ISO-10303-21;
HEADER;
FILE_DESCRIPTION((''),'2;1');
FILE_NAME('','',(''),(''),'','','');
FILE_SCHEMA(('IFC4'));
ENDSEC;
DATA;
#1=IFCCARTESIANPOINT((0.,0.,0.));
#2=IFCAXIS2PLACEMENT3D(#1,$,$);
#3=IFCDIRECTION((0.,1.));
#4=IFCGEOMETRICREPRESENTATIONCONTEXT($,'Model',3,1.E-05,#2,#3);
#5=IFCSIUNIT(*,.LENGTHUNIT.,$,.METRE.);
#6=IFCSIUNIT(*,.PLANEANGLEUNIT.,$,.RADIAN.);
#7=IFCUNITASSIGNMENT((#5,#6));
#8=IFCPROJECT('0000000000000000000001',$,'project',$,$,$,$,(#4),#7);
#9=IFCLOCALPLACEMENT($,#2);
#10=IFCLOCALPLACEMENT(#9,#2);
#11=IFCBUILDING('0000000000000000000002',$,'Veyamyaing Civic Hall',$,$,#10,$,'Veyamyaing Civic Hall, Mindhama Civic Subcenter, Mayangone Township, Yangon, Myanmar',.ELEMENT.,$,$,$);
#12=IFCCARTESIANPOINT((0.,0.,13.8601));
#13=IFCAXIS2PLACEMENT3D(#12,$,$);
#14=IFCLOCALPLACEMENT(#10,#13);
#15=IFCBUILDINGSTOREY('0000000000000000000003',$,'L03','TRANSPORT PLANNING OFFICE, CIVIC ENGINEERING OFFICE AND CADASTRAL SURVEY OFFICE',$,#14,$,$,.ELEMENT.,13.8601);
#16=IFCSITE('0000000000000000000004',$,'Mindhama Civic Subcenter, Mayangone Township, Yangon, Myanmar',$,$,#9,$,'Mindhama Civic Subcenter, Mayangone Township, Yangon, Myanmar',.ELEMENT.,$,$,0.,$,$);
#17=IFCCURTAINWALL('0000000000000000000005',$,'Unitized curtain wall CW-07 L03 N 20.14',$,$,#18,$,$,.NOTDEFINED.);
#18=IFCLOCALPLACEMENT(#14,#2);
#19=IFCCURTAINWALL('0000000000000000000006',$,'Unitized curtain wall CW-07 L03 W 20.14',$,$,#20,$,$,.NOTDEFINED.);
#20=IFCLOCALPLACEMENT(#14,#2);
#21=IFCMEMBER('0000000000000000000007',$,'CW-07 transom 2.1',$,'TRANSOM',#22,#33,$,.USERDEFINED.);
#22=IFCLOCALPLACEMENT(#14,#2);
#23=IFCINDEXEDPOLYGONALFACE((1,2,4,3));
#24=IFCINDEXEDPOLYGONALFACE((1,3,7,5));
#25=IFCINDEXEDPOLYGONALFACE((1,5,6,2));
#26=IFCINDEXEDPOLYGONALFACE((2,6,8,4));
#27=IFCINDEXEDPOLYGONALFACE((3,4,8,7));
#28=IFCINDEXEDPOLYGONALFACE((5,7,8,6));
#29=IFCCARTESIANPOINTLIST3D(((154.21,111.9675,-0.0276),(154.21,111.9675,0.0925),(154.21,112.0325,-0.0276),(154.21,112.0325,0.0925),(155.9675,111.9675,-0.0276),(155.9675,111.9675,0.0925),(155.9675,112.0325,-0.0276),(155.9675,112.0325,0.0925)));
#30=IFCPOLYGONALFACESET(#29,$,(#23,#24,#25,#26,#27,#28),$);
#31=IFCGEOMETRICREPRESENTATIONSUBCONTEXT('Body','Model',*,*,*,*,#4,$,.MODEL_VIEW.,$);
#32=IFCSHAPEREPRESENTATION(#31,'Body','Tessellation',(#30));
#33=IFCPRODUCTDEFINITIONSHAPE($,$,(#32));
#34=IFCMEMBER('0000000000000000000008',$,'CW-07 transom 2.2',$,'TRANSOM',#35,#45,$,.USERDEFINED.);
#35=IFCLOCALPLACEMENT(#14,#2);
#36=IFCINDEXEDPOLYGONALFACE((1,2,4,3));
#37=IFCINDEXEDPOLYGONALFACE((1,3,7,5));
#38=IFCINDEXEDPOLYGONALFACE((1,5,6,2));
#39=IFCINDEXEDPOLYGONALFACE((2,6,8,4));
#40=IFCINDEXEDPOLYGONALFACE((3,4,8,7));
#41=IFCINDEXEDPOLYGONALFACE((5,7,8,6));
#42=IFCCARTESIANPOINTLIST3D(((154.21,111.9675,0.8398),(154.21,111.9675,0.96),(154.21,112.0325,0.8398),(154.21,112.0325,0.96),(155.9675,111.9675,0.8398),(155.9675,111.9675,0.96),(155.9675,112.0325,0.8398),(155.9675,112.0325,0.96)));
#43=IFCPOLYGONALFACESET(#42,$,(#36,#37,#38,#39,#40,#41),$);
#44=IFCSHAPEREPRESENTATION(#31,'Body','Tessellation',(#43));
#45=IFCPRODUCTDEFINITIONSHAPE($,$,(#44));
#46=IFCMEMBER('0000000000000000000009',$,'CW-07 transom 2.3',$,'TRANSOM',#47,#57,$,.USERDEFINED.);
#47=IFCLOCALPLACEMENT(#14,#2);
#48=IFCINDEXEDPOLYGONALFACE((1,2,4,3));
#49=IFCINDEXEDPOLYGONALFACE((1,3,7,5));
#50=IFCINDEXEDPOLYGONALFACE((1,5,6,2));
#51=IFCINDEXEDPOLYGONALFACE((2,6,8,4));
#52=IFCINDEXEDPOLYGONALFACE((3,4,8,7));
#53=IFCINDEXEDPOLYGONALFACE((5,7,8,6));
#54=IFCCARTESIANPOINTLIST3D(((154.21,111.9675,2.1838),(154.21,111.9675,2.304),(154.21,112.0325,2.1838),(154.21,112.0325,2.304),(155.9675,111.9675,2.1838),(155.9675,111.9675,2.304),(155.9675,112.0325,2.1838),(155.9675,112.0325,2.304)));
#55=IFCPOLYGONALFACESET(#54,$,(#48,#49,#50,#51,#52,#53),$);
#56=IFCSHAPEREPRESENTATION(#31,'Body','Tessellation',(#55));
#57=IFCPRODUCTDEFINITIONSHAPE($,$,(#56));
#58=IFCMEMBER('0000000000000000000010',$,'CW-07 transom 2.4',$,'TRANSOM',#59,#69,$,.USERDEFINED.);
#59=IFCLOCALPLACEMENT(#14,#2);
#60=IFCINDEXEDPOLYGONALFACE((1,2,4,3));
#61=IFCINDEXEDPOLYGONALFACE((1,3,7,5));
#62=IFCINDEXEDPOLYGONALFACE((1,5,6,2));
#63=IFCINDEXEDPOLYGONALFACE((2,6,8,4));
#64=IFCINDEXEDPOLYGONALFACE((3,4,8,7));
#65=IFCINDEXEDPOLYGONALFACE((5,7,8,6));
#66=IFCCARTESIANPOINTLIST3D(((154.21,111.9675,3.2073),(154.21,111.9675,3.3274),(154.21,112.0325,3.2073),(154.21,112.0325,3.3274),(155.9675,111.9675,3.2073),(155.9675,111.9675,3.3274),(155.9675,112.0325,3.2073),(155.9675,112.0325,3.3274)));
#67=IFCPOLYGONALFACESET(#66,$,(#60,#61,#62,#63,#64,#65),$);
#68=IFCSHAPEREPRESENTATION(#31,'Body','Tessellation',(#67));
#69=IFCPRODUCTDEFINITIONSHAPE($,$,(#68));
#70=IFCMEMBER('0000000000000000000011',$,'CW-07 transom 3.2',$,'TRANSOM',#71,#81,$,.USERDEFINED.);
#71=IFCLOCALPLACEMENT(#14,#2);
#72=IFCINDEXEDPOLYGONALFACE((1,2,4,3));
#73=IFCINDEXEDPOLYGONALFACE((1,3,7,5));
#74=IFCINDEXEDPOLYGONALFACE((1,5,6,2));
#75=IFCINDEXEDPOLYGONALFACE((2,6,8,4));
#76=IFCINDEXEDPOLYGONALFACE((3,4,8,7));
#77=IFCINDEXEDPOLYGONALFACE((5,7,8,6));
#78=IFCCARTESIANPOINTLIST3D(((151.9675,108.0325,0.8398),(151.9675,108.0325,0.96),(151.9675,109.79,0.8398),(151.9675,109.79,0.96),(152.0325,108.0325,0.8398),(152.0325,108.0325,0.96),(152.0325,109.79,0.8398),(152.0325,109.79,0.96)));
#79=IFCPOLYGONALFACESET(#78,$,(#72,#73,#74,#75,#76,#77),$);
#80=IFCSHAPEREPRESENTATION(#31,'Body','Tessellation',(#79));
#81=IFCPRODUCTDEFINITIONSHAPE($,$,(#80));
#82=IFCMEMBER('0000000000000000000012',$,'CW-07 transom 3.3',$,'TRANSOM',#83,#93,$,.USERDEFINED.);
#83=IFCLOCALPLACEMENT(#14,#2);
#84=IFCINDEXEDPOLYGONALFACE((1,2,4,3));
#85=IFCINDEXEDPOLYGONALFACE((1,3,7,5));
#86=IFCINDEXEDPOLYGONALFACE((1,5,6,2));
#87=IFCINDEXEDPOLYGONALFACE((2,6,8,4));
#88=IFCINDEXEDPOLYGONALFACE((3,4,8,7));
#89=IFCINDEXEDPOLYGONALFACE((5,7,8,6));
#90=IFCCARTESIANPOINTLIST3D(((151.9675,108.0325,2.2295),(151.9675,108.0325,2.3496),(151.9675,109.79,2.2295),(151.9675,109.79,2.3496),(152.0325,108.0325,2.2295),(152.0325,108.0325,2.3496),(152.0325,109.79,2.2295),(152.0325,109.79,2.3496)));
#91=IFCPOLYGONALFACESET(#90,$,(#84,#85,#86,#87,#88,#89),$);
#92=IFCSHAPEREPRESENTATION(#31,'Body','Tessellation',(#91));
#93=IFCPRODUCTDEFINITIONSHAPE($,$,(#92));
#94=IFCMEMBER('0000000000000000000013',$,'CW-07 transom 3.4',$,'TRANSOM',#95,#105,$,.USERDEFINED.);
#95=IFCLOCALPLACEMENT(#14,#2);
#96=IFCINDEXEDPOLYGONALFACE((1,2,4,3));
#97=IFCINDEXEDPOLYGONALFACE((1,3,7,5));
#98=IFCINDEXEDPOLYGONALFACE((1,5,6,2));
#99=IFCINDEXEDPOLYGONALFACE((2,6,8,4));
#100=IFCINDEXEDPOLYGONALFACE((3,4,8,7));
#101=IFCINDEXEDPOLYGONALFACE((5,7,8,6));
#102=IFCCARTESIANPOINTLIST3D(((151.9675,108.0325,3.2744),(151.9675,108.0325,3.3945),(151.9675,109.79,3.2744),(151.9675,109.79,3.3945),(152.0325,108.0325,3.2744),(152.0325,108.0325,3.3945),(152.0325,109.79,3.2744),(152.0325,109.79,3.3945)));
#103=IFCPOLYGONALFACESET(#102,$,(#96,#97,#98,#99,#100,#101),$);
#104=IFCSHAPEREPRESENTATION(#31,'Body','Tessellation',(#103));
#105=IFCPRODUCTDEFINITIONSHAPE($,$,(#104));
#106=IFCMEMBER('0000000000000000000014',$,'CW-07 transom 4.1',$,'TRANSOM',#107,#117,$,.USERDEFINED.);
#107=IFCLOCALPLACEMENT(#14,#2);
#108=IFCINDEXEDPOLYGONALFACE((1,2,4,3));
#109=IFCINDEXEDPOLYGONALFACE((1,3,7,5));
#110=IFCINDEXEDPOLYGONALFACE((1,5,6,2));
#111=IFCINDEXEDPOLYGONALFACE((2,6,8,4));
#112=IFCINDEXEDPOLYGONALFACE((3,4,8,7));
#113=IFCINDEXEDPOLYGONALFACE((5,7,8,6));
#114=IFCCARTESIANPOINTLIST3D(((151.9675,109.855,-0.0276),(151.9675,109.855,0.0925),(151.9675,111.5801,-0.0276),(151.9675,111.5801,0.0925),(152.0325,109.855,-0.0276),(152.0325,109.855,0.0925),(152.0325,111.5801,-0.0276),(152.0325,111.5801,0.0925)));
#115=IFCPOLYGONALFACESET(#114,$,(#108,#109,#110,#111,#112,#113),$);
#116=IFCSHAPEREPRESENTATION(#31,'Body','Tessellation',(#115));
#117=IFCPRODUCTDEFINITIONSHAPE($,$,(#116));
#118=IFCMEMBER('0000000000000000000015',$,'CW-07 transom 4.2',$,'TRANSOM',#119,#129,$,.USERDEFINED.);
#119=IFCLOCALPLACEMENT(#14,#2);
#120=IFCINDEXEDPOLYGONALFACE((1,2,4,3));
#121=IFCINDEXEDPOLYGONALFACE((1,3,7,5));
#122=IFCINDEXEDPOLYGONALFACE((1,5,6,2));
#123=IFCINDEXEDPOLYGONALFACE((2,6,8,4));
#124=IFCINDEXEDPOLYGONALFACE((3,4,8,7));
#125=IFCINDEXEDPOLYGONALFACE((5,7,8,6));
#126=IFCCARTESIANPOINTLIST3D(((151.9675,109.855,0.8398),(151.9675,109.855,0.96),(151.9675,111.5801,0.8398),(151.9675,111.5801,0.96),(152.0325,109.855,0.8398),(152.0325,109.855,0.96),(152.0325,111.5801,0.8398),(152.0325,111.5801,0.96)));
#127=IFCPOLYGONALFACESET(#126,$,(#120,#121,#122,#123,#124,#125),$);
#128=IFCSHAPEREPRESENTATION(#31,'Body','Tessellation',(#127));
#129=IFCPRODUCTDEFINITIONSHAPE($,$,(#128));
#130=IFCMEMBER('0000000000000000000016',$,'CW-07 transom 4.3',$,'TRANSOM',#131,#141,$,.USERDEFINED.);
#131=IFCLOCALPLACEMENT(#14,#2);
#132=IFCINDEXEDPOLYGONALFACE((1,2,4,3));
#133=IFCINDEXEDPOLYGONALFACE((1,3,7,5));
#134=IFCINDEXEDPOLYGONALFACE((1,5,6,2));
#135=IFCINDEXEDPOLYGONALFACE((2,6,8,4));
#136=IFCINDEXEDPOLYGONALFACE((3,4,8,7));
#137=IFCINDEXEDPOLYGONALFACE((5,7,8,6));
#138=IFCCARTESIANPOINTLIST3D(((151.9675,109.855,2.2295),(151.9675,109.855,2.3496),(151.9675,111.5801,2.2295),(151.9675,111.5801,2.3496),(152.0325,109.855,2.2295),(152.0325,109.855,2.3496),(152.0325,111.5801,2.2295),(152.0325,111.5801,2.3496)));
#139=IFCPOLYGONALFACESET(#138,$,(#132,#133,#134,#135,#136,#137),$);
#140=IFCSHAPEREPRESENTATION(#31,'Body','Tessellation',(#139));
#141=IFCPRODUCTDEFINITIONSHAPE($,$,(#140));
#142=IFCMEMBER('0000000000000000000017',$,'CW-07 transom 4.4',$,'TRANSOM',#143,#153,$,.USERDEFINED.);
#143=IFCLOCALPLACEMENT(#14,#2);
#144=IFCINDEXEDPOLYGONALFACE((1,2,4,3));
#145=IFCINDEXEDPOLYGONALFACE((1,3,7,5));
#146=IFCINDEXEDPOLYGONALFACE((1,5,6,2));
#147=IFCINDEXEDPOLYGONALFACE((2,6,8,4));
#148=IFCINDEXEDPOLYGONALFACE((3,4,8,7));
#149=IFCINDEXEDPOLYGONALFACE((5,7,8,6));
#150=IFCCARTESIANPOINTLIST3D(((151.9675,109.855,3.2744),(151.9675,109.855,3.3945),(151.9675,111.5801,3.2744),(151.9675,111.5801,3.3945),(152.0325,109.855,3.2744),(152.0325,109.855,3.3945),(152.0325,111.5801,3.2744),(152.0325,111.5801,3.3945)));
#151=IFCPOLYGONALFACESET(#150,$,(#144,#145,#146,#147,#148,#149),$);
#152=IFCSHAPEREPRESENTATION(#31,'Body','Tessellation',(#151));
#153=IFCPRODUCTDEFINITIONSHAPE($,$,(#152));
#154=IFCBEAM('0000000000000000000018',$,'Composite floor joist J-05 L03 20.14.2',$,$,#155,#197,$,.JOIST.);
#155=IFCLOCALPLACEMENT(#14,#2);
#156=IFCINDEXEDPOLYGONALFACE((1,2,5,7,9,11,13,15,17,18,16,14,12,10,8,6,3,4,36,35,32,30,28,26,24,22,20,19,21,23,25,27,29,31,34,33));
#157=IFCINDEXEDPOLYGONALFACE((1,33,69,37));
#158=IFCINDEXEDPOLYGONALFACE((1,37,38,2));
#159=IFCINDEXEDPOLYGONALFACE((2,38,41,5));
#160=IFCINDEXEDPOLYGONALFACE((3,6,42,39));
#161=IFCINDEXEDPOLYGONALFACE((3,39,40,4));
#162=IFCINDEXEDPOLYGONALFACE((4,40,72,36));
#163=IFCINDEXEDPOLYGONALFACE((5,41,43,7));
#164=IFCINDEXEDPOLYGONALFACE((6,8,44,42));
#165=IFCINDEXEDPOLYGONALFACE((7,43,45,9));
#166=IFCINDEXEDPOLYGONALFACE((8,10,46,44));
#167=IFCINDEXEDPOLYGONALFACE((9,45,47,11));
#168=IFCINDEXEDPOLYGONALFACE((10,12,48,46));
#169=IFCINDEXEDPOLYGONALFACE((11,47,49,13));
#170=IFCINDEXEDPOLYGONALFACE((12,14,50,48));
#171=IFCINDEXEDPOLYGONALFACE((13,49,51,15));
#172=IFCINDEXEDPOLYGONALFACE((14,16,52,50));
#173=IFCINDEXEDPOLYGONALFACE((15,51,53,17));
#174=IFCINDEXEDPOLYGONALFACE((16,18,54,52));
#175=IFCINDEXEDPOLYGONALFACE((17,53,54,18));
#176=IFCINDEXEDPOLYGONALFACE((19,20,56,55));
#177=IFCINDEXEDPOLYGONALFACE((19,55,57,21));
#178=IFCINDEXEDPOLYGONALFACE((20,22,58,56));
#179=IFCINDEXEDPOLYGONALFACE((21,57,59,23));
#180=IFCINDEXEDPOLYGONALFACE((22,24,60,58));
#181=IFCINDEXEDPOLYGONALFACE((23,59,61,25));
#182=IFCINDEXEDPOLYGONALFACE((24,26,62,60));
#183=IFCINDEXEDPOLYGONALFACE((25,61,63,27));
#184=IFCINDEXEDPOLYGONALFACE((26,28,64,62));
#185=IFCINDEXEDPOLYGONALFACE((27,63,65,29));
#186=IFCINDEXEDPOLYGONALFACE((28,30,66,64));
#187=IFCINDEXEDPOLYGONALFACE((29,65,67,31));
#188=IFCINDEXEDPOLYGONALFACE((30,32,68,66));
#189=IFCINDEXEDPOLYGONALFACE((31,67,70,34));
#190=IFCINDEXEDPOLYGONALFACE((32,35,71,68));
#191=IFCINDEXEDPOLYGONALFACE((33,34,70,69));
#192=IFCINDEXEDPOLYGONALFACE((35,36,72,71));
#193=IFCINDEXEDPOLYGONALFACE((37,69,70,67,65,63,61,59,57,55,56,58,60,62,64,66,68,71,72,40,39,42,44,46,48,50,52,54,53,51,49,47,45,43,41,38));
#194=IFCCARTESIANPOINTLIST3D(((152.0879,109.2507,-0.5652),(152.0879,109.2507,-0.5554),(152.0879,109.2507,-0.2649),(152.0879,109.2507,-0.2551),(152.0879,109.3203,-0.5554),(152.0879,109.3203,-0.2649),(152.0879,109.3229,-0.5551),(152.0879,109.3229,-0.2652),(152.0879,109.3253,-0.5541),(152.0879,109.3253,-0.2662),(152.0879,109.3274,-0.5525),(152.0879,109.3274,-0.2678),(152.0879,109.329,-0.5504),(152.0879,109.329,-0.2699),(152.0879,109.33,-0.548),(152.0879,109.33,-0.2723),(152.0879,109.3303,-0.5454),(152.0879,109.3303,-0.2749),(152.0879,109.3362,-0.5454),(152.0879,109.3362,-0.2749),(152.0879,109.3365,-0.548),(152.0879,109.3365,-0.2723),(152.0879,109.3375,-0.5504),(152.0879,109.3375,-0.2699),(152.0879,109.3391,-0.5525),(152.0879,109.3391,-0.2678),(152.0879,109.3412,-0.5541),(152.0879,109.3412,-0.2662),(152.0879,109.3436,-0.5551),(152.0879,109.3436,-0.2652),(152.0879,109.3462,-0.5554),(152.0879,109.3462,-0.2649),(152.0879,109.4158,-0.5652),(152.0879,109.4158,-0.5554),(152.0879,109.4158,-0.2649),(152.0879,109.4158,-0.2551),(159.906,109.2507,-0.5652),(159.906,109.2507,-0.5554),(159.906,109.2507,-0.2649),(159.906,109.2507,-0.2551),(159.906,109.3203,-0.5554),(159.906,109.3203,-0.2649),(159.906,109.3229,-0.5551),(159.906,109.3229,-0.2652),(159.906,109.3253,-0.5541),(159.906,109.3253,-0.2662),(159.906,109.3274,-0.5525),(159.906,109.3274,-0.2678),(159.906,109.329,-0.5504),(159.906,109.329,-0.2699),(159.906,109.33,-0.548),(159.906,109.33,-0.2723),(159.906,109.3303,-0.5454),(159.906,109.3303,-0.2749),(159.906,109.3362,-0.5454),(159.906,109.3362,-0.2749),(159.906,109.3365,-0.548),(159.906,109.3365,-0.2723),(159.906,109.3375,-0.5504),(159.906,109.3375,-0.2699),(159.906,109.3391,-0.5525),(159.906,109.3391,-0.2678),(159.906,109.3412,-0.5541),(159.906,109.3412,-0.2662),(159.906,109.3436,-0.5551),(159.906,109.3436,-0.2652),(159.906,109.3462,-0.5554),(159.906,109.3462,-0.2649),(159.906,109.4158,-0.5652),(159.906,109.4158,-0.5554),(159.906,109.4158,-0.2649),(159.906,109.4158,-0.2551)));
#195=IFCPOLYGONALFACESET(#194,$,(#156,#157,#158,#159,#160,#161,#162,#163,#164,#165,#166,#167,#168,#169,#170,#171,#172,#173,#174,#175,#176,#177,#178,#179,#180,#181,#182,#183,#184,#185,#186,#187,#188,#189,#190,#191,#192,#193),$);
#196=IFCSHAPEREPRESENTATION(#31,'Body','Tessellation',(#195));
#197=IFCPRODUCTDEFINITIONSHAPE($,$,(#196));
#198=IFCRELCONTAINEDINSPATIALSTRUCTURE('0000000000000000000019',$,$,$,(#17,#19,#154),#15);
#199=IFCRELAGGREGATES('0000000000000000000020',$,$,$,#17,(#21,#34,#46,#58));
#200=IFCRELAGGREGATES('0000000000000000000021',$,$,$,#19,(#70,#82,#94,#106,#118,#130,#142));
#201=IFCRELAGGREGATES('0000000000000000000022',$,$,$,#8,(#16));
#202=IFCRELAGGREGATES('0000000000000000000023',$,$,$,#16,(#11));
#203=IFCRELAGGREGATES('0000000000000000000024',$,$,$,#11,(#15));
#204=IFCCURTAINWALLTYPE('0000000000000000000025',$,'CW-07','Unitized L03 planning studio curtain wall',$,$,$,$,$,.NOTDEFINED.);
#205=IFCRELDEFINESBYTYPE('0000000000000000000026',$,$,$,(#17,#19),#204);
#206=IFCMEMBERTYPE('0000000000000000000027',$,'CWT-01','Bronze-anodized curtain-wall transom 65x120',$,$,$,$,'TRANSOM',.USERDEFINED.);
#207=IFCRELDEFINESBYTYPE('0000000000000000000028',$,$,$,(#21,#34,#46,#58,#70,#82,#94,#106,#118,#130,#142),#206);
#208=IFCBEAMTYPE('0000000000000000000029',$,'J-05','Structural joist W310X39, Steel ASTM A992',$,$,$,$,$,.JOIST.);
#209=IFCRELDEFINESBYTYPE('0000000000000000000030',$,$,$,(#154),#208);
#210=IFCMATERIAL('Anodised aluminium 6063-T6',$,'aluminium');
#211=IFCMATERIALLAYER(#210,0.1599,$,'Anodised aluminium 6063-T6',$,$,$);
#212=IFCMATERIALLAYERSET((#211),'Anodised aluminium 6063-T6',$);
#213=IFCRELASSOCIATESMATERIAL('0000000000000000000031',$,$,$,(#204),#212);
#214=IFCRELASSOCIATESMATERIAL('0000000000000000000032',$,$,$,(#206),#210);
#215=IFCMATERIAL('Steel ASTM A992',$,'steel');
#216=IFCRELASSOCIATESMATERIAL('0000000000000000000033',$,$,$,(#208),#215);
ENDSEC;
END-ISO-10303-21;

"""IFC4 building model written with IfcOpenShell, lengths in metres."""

from ifc_helpers import new_model, si_unit, direction, frame, origin, origin_2d, place, context, subcontext, project, spatial, rectangle, i_section, extrude, material, layer, layer_set, material_profile, profile_set, type_object, element, aggregate, save


model = new_model("IFC4")

# Units and contexts
model_context = context("Model", 3, precision=1e-05, world=origin(), true_north=direction((0.0, 1.0)))
body_context = subcontext(model_context, "Body", "Model", "MODEL_VIEW")
ifc_project = project(units=[si_unit("LENGTHUNIT", "METRE"), si_unit("PLANEANGLEUNIT", "RADIAN")], contexts=[model_context])

# Site, building, storey
site_placement = place(None, origin())
site = spatial("IfcSite", under=ifc_project, at=site_placement, Name="Mindhama Civic Subcenter, Mayangone Township, Yangon, Myanmar", LongName="Mindhama Civic Subcenter, Mayangone Township, Yangon, Myanmar", CompositionType="ELEMENT", RefElevation=0.0)
building_placement = place(site_placement, origin())
building = spatial("IfcBuilding", under=site, at=building_placement, Name="Veyamyaing Civic Hall", LongName="Veyamyaing Civic Hall, Mindhama Civic Subcenter, Mayangone Township, Yangon, Myanmar", CompositionType="ELEMENT")
storey_placement = place(building_placement, frame((0.0, 0.0, 13.8601)))
storey = spatial("IfcBuildingStorey", under=building, at=storey_placement, Name="L03", Description="TRANSPORT PLANNING OFFICE, CIVIC ENGINEERING OFFICE AND CADASTRAL SURVEY OFFICE", CompositionType="ELEMENT", Elevation=13.8601)

# Shared definitions
ifc_material_1 = material(Name="Steel ASTM A992", Category="steel")

# Curtain walls
ifc_material_2 = material(Name="Anodised aluminium 6063-T6", Category="aluminium")
ifc_layer_1 = layer(ifc_material_2, 0.1599, Name="Anodised aluminium 6063-T6")
ifc_layer_set_1 = layer_set([ifc_layer_1], Name="Anodised aluminium 6063-T6")
curtain_wall_type = type_object("IfcCurtainWallType", Name="CW-07", Description="Unitized L03 planning studio curtain wall", PredefinedType="NOTDEFINED", material=ifc_layer_set_1)
curtain_wall_1_placement = place(storey_placement, origin())
curtain_wall_1 = element("IfcCurtainWall", 1, at=curtain_wall_1_placement, inside=storey, type_object=curtain_wall_type, Name="Unitized curtain wall CW-07 L03 N 20.14", PredefinedType="NOTDEFINED")
curtain_wall_2_placement = place(storey_placement, origin())
curtain_wall_2 = element("IfcCurtainWall", 2, at=curtain_wall_2_placement, inside=storey, type_object=curtain_wall_type, Name="Unitized curtain wall CW-07 L03 W 20.14", PredefinedType="NOTDEFINED")

# Members
ifc_material_profile_1 = material_profile(ifc_material_2, rectangle(XDim=0.0649, YDim=0.1201, at=origin_2d()), Name="ALU-TRN-65X120")
ifc_profile_set_1 = profile_set([ifc_material_profile_1], Name="Anodised aluminium 6063-T6")
member_type_1 = type_object("IfcMemberType", Name="CWT-01", Description="Bronze-anodized curtain-wall transom 65x120", ElementType="TRANSOM", PredefinedType="USERDEFINED", material=ifc_profile_set_1)
member_1_placement = place(storey_placement, frame((154.21, 112.0, 0.0325), z_axis=(1.0, 0.0, 0.0), x_axis=(0.0, 1.0, 0.0)))
member_1 = element("IfcMember", 3, at=member_1_placement, type_object=member_type_1, Name="CW-07 transom 2.1", ObjectType="TRANSOM", PredefinedType="USERDEFINED", context=body_context, shape_type="SweptSolid", body=[
    extrude(rectangle(XDim=0.0649, YDim=0.1201, at=origin_2d()), origin(), (0.0, 0.0, 1.0), 1.7576),
])
member_2_placement = place(storey_placement, frame((154.21, 112.0, 0.8999), z_axis=(1.0, 0.0, 0.0), x_axis=(0.0, 1.0, 0.0)))
member_2 = element("IfcMember", 4, at=member_2_placement, type_object=member_type_1, Name="CW-07 transom 2.2", ObjectType="TRANSOM", PredefinedType="USERDEFINED", context=body_context, shape_type="SweptSolid", body=[
    extrude(rectangle(XDim=0.0649, YDim=0.1201, at=origin_2d()), origin(), (0.0, 0.0, 1.0), 1.7576),
])
member_3_placement = place(storey_placement, frame((154.21, 112.0, 2.2439), z_axis=(1.0, 0.0, 0.0), x_axis=(0.0, 1.0, 0.0)))
member_3 = element("IfcMember", 5, at=member_3_placement, type_object=member_type_1, Name="CW-07 transom 2.3", ObjectType="TRANSOM", PredefinedType="USERDEFINED", context=body_context, shape_type="SweptSolid", body=[
    extrude(rectangle(XDim=0.0649, YDim=0.1201, at=origin_2d()), origin(), (0.0, 0.0, 1.0), 1.7576),
])
member_4_placement = place(storey_placement, frame((154.21, 112.0, 3.2673), z_axis=(1.0, 0.0, 0.0), x_axis=(0.0, 1.0, 0.0)))
member_4 = element("IfcMember", 6, at=member_4_placement, type_object=member_type_1, Name="CW-07 transom 2.4", ObjectType="TRANSOM", PredefinedType="USERDEFINED", context=body_context, shape_type="SweptSolid", body=[
    extrude(rectangle(XDim=0.0649, YDim=0.1201, at=origin_2d()), origin(), (0.0, 0.0, 1.0), 1.7576),
])
member_5_placement = place(storey_placement, frame((152.0, 108.0325, 0.8999), z_axis=(0.0, 1.0, 0.0), x_axis=(-1.0, 0.0, 0.0)))
member_5 = element("IfcMember", 7, at=member_5_placement, type_object=member_type_1, Name="CW-07 transom 3.2", ObjectType="TRANSOM", PredefinedType="USERDEFINED", context=body_context, shape_type="SweptSolid", body=[
    extrude(rectangle(XDim=0.0649, YDim=0.1201, at=origin_2d()), origin(), (0.0, 0.0, 1.0), 1.7576),
])
member_6_placement = place(storey_placement, frame((152.0, 108.0325, 2.2896), z_axis=(0.0, 1.0, 0.0), x_axis=(-1.0, 0.0, 0.0)))
member_6 = element("IfcMember", 8, at=member_6_placement, type_object=member_type_1, Name="CW-07 transom 3.3", ObjectType="TRANSOM", PredefinedType="USERDEFINED", context=body_context, shape_type="SweptSolid", body=[
    extrude(rectangle(XDim=0.0649, YDim=0.1201, at=origin_2d()), origin(), (0.0, 0.0, 1.0), 1.7576),
])
member_7_placement = place(storey_placement, frame((152.0, 108.0325, 3.3345), z_axis=(0.0, 1.0, 0.0), x_axis=(-1.0, 0.0, 0.0)))
member_7 = element("IfcMember", 9, at=member_7_placement, type_object=member_type_1, Name="CW-07 transom 3.4", ObjectType="TRANSOM", PredefinedType="USERDEFINED", context=body_context, shape_type="SweptSolid", body=[
    extrude(rectangle(XDim=0.0649, YDim=0.1201, at=origin_2d()), origin(), (0.0, 0.0, 1.0), 1.7576),
])
member_8_placement = place(storey_placement, frame((152.0, 109.855, 0.0325), z_axis=(0.0, 1.0, 0.0), x_axis=(-1.0, 0.0, 0.0)))
member_8 = element("IfcMember", 10, at=member_8_placement, type_object=member_type_1, Name="CW-07 transom 4.1", ObjectType="TRANSOM", PredefinedType="USERDEFINED", context=body_context, shape_type="SweptSolid", body=[
    extrude(rectangle(XDim=0.0649, YDim=0.1201, at=origin_2d()), origin(), (0.0, 0.0, 1.0), 1.7251),
])
member_9_placement = place(storey_placement, frame((152.0, 109.855, 0.8999), z_axis=(0.0, 1.0, 0.0), x_axis=(-1.0, 0.0, 0.0)))
member_9 = element("IfcMember", 11, at=member_9_placement, type_object=member_type_1, Name="CW-07 transom 4.2", ObjectType="TRANSOM", PredefinedType="USERDEFINED", context=body_context, shape_type="SweptSolid", body=[
    extrude(rectangle(XDim=0.0649, YDim=0.1201, at=origin_2d()), origin(), (0.0, 0.0, 1.0), 1.7251),
])
member_10_placement = place(storey_placement, frame((152.0, 109.855, 2.2896), z_axis=(0.0, 1.0, 0.0), x_axis=(-1.0, 0.0, 0.0)))
member_10 = element("IfcMember", 12, at=member_10_placement, type_object=member_type_1, Name="CW-07 transom 4.3", ObjectType="TRANSOM", PredefinedType="USERDEFINED", context=body_context, shape_type="SweptSolid", body=[
    extrude(rectangle(XDim=0.0649, YDim=0.1201, at=origin_2d()), origin(), (0.0, 0.0, 1.0), 1.7251),
])
member_11_placement = place(storey_placement, frame((152.0, 109.855, 3.3345), z_axis=(0.0, 1.0, 0.0), x_axis=(-1.0, 0.0, 0.0)))
member_11 = element("IfcMember", 13, at=member_11_placement, type_object=member_type_1, Name="CW-07 transom 4.4", ObjectType="TRANSOM", PredefinedType="USERDEFINED", context=body_context, shape_type="SweptSolid", body=[
    extrude(rectangle(XDim=0.0649, YDim=0.1201, at=origin_2d()), origin(), (0.0, 0.0, 1.0), 1.7251),
])

# Beam
ifc_material_profile_2 = material_profile(ifc_material_1, i_section(OverallWidth=0.165, OverallDepth=0.3101, WebThickness=0.0059, FlangeThickness=0.0098, FilletRadius=0.01, at=origin_2d()), Name="W310X39")
ifc_profile_set_2 = profile_set([ifc_material_profile_2], Name="Steel ASTM A992")
beam_type_1 = type_object("IfcBeamType", Name="J-05", Description="Structural joist W310X39, Steel ASTM A992", PredefinedType="JOIST", material=ifc_profile_set_2)
beam_1_placement = place(storey_placement, frame((152.0879, 109.3333, -0.4102), z_axis=(1.0, 0.0, 0.0), x_axis=(0.0, 1.0, 0.0)))
element("IfcBeam", 14, at=beam_1_placement, inside=storey, type_object=beam_type_1, Name="Composite floor joist J-05 L03 20.14.2", PredefinedType="JOIST", context=body_context, shape_type="SweptSolid", body=[
    extrude(i_section(OverallWidth=0.165, OverallDepth=0.3101, WebThickness=0.0059, FlangeThickness=0.0098, FilletRadius=0.01, at=origin_2d()), origin(), (0.0, 0.0, 1.0), 7.8181),
])

aggregate(curtain_wall_1, [member_1, member_2, member_3, member_4])
aggregate(curtain_wall_2, [member_5, member_6, member_7, member_8, member_9, member_10, member_11])

save(model, "model.ifc")
